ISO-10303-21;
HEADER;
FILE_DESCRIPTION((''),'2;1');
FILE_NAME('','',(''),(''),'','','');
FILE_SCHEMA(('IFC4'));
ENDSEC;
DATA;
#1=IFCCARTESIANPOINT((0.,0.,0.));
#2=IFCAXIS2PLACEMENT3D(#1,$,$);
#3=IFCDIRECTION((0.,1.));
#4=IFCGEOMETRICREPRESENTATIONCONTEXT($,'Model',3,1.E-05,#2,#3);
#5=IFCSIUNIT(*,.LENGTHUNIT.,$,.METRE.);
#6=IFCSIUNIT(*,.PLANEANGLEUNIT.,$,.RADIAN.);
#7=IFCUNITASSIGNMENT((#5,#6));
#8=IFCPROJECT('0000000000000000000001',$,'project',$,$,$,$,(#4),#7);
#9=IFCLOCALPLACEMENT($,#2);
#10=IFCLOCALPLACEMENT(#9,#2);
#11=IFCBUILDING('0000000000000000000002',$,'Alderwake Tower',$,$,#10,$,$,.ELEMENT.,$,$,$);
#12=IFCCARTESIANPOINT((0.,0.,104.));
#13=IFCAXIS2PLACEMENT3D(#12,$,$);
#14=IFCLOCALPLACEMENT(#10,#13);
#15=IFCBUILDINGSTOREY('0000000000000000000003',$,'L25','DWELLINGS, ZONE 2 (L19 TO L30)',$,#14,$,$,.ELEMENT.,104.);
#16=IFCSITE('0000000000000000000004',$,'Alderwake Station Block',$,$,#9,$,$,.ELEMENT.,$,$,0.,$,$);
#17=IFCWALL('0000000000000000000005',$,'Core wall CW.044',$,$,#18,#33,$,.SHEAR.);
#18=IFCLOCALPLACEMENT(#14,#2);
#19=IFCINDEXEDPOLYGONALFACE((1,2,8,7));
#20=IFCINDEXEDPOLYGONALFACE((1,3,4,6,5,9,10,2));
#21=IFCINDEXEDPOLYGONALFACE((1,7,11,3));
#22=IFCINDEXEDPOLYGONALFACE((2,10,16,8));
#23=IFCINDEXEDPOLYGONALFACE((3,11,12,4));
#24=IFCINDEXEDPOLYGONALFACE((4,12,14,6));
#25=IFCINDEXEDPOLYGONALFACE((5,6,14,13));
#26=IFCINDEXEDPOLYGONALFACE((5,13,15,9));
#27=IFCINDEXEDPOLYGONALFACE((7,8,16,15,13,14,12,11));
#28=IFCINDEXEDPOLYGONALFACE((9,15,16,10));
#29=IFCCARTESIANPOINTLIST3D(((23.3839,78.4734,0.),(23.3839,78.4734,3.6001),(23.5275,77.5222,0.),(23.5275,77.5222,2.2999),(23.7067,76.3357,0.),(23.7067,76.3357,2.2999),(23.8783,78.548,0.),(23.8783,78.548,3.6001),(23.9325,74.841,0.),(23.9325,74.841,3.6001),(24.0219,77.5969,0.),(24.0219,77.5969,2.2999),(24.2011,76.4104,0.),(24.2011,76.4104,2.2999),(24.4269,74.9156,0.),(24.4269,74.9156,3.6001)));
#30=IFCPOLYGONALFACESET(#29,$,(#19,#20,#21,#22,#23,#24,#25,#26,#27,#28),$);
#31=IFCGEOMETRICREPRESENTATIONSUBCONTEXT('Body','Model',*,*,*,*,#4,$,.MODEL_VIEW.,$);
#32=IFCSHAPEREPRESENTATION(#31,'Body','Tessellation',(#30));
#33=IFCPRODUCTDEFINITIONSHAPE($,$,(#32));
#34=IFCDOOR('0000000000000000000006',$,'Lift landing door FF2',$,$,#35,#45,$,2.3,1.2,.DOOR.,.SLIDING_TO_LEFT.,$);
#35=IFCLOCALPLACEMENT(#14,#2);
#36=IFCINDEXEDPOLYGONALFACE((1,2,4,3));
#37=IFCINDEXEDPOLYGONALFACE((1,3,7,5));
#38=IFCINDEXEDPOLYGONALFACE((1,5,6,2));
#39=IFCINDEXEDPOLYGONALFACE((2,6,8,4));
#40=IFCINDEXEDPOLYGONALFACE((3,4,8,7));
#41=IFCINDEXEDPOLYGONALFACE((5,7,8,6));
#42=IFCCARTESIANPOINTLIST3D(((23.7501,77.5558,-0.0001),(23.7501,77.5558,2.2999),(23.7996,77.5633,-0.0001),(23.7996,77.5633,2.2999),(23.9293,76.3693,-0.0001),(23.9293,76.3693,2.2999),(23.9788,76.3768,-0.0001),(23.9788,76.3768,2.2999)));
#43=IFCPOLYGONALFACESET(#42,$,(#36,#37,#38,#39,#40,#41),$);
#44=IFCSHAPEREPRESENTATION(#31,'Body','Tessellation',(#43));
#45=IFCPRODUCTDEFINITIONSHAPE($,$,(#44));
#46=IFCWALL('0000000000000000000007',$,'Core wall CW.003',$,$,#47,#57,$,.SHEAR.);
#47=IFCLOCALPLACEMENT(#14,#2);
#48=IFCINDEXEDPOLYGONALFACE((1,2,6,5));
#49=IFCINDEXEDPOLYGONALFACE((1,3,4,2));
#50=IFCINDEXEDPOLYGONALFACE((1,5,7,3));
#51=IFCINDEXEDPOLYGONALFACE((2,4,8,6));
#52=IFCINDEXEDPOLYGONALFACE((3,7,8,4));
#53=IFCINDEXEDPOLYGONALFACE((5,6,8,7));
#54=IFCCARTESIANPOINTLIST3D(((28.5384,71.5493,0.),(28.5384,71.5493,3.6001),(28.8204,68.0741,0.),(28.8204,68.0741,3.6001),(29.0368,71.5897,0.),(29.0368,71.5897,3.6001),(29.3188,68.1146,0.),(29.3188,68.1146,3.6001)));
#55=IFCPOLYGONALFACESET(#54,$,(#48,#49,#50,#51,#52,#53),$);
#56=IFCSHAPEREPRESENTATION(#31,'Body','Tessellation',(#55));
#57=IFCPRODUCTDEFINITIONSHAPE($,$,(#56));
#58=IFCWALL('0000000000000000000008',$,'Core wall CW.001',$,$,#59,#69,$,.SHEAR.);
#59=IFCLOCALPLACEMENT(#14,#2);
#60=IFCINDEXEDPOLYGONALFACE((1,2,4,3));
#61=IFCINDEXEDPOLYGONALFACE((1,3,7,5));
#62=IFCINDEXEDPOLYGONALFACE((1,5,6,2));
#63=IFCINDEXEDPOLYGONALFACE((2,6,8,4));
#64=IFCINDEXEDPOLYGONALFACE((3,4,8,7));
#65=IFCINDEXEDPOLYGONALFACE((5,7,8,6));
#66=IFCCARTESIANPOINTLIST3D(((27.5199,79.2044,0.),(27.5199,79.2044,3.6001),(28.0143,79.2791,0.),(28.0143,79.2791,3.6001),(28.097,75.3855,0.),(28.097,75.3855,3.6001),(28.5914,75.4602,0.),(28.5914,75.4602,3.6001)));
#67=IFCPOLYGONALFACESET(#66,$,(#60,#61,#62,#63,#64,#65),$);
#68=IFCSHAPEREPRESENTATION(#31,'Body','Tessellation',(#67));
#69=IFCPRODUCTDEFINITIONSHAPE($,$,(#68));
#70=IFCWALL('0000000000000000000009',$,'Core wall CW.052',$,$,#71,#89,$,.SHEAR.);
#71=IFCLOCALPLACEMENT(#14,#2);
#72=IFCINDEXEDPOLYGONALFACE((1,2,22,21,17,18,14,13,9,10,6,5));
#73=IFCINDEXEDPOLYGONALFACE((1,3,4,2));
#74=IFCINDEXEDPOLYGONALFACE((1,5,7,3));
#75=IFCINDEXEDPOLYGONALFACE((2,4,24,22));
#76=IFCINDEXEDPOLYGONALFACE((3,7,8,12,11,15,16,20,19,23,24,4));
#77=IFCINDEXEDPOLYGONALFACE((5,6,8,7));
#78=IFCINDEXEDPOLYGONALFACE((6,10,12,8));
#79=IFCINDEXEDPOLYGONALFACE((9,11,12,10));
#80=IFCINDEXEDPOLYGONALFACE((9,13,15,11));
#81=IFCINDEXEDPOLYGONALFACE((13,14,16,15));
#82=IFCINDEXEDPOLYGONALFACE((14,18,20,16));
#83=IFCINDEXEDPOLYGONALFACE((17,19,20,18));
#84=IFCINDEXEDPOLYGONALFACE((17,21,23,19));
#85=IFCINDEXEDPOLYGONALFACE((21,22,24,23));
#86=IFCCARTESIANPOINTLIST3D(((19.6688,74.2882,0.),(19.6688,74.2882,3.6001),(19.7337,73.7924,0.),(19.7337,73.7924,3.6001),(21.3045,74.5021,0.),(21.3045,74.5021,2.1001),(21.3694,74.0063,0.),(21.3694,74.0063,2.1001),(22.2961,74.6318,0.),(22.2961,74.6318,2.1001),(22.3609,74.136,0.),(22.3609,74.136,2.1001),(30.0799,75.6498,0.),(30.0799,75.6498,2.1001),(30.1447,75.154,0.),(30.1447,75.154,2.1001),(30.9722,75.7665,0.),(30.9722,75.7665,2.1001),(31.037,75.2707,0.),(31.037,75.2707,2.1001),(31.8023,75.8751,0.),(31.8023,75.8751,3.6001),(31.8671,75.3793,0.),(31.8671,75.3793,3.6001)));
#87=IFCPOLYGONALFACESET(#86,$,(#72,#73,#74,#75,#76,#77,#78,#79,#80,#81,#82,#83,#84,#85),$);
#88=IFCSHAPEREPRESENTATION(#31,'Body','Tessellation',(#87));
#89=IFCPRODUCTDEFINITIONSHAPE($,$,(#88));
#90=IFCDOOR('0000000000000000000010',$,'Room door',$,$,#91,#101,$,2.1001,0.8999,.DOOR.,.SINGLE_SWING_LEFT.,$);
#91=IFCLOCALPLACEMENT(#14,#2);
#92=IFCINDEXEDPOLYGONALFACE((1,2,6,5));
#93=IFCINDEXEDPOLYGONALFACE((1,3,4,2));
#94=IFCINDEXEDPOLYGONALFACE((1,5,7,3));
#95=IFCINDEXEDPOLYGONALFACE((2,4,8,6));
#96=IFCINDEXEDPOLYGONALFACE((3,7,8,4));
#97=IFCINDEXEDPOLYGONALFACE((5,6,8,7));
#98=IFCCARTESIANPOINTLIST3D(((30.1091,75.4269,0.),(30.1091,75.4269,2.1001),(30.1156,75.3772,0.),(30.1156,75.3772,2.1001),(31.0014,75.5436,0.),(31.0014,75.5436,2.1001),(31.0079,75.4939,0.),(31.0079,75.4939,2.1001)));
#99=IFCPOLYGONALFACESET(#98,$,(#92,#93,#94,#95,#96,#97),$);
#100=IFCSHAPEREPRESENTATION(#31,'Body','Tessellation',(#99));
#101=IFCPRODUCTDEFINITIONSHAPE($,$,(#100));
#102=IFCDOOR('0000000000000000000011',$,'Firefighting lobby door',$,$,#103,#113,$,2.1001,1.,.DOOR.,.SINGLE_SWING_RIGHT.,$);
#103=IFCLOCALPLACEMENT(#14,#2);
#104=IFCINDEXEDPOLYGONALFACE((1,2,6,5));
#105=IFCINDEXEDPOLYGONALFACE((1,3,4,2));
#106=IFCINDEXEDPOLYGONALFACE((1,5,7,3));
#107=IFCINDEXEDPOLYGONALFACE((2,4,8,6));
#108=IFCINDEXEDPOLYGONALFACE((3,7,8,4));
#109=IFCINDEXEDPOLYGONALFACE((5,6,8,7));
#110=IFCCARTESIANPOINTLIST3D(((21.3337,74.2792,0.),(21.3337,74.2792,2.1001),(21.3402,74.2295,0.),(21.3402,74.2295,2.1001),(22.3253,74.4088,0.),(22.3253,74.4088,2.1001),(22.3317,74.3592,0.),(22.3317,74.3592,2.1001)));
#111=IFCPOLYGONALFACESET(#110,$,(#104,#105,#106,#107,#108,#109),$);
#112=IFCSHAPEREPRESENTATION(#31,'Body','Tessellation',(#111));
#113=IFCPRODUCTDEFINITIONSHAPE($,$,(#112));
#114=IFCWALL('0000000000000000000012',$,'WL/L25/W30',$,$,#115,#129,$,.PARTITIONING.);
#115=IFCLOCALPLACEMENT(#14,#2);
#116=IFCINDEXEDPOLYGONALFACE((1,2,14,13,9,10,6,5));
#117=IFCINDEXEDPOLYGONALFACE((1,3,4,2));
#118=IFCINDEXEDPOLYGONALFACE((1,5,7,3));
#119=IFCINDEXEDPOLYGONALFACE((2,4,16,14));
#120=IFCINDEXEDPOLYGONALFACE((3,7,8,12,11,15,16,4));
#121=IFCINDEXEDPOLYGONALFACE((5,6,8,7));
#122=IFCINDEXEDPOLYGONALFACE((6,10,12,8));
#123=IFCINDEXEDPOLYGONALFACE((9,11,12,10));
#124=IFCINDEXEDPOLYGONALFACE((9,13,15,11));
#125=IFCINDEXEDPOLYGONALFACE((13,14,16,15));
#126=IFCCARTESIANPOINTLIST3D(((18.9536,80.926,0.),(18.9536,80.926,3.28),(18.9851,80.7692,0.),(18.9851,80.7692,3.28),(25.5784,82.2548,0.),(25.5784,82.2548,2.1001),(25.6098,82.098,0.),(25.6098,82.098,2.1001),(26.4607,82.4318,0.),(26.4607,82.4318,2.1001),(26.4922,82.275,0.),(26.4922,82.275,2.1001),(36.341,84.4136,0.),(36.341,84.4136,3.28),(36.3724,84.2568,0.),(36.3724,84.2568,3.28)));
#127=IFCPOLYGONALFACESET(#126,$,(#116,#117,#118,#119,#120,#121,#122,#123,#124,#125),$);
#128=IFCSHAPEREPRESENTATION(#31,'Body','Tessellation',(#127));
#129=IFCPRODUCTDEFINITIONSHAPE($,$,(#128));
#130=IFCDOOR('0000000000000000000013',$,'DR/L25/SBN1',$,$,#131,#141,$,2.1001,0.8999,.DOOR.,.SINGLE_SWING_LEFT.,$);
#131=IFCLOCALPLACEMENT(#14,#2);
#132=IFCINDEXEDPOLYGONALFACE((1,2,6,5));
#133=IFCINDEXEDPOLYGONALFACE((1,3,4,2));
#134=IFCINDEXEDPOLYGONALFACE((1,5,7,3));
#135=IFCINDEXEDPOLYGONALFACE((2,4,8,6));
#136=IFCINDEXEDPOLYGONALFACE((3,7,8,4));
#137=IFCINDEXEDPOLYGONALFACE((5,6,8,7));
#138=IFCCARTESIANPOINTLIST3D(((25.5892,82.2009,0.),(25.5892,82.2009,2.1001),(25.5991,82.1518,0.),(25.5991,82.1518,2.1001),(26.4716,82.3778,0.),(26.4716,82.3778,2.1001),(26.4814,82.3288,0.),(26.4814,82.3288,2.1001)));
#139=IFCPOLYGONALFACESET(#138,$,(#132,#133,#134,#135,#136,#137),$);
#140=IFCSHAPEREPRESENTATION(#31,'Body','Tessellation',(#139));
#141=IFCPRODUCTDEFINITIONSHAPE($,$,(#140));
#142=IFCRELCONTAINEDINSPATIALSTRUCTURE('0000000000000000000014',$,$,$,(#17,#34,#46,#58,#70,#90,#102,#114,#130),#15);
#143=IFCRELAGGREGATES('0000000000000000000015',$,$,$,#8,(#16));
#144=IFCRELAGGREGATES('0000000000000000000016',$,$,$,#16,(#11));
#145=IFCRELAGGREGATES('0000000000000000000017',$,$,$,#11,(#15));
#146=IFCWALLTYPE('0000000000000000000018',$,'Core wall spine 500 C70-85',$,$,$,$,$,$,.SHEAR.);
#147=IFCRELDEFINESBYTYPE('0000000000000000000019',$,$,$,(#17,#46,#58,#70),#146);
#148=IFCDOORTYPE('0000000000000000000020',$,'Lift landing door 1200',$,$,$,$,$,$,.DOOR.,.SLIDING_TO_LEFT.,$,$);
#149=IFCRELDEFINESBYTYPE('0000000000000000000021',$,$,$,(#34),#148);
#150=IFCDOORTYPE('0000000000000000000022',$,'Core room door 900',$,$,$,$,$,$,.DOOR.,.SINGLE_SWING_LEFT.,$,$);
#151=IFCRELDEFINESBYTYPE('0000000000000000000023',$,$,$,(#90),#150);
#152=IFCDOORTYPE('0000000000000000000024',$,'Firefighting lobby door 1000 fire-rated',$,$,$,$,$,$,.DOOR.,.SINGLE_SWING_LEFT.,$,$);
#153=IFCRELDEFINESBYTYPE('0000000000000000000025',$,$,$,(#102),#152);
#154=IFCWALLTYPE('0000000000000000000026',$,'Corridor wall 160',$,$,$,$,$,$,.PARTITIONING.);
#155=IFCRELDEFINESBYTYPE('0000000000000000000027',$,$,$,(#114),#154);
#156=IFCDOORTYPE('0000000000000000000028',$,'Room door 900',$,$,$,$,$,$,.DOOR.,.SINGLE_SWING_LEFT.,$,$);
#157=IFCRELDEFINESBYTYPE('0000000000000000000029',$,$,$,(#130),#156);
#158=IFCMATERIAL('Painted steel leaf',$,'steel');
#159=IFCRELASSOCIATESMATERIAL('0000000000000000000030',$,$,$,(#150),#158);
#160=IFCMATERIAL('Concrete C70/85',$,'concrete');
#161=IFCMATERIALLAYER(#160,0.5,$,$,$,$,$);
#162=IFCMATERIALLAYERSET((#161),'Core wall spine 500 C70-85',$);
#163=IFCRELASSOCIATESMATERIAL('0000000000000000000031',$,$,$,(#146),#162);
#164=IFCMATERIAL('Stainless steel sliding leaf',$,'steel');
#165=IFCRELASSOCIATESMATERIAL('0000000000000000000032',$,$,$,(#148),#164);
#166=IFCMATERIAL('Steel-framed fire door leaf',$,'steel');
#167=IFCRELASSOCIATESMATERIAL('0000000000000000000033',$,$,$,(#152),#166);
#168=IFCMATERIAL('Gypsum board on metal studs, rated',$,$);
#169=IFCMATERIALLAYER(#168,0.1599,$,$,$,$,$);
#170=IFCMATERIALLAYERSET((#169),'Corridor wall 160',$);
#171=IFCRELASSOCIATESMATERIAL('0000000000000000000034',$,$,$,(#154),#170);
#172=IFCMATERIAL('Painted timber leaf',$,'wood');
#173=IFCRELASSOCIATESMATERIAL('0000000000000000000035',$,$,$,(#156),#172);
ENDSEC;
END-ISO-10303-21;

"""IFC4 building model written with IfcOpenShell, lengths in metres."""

from ifc_helpers import new_model, si_unit, direction, frame, frame_2d, origin, place, context, subcontext, project, spatial, rectangle, extrude, material, layer, layer_set, type_object, element, fill, save


model = new_model("IFC4")

# Units and contexts
model_context = context("Model", 3, precision=1e-05, world=origin(), true_north=direction((0.0, 1.0)))
body_context = subcontext(model_context, "Body", "Model", "MODEL_VIEW")
ifc_project = project(units=[si_unit("LENGTHUNIT", "METRE"), si_unit("PLANEANGLEUNIT", "RADIAN")], contexts=[model_context])

# Site, building, storey
site_placement = place(None, origin())
site = spatial("IfcSite", under=ifc_project, at=site_placement, Name="Alderwake Station Block", CompositionType="ELEMENT", RefElevation=0.0)
building_placement = place(site_placement, origin())
building = spatial("IfcBuilding", under=site, at=building_placement, Name="Alderwake Tower", CompositionType="ELEMENT")
storey_placement = place(building_placement, frame((0.0, 0.0, 104.0)))
storey = spatial("IfcBuildingStorey", under=building, at=storey_placement, Name="L25", Description="DWELLINGS, ZONE 2 (L19 TO L30)", CompositionType="ELEMENT", Elevation=104.0)

# Shared definitions
ifc_material_1 = material(Name="Painted steel leaf", Category="steel")
door_type_1 = type_object("IfcDoorType", Name="Core room door 900", OperationType="SINGLE_SWING_LEFT", PredefinedType="DOOR", material=ifc_material_1)

# Wall, opening, door
ifc_material_2 = material(Name="Concrete C70/85", Category="concrete")
ifc_layer_1 = layer(ifc_material_2, 0.5)
ifc_layer_set_1 = layer_set([ifc_layer_1], Name="Core wall spine 500 C70-85")
wall_type_1 = type_object("IfcWallType", Name="Core wall spine 500 C70-85", PredefinedType="SHEAR", material=ifc_layer_set_1)
ifc_material_3 = material(Name="Stainless steel sliding leaf", Category="steel")
door_type_2 = type_object("IfcDoorType", Name="Lift landing door 1200", OperationType="SLIDING_TO_LEFT", PredefinedType="DOOR", material=ifc_material_3)
wall_1_placement = place(storey_placement, frame((24.1797, 74.8782, 0.0), z_axis=(0.0, 0.0, 1.0), x_axis=(-0.149335, 0.988787, 0.0)))
wall_1 = element("IfcWall", 1, at=wall_1_placement, inside=storey, type_object=wall_type_1, Name="Core wall CW.044", PredefinedType="SHEAR", context=body_context, shape_type="SweptSolid", body=[
    extrude(rectangle(XDim=3.6736, YDim=0.5, at=frame_2d((1.8369, 0.0))), origin(), (0.0, 0.0, 1.0), 3.6001),
])
opening_1_placement = place(wall_1_placement, frame((1.5117, 0.0, 0.0)))
opening_1 = element("IfcOpeningElement", 2, at=opening_1_placement, cuts=wall_1, PredefinedType="OPENING", context=body_context, shape_type="SweptSolid", body=[
    extrude(rectangle(XDim=1.2, YDim=2.3, at=frame_2d((0.6001, 1.1499))), frame((0.0, 0.26, 0.0), z_axis=(0.0, -1.0, 0.0), x_axis=(1.0, 0.0, 0.0)), (0.0, 0.0, 1.0), 0.52),
])
door_1_placement = place(opening_1_placement, origin())
door_1 = element("IfcDoor", 3, at=door_1_placement, inside=storey, type_object=door_type_2, Name="Lift landing door FF2", OperationType="SLIDING_TO_LEFT", OverallHeight=2.3, OverallWidth=1.2, PredefinedType="DOOR", context=body_context, shape_type="SweptSolid", body=[
    extrude(rectangle(XDim=1.2, YDim=2.3, at=frame_2d((0.6001, 1.1499))), frame((0.0, 0.0249, 0.0), z_axis=(0.0, -1.0, 0.0), x_axis=(1.0, 0.0, 0.0)), (0.0, 0.0, 1.0), 0.05),
])
fill(opening_1, door_1)

# Walls
wall_2_placement = place(storey_placement, frame((29.0696, 68.0945, 0.0), z_axis=(0.0, 0.0, 1.0), x_axis=(-0.080878, 0.996724, 0.0)))
element("IfcWall", 4, at=wall_2_placement, inside=storey, type_object=wall_type_1, Name="Core wall CW.003", PredefinedType="SHEAR", context=body_context, shape_type="SweptSolid", body=[
    extrude(rectangle(XDim=3.4866, YDim=0.5, at=frame_2d((1.7432, 0.0))), origin(), (0.0, 0.0, 1.0), 3.6001),
])
wall_3_placement = place(storey_placement, frame((28.3442, 75.4229, 0.0), z_axis=(0.0, 0.0, 1.0), x_axis=(-0.149435, 0.988772, 0.0)))
element("IfcWall", 5, at=wall_3_placement, inside=storey, type_object=wall_type_1, Name="Core wall CW.001", PredefinedType="SHEAR", context=body_context, shape_type="SweptSolid", body=[
    extrude(rectangle(XDim=3.8623, YDim=0.5, at=frame_2d((1.9312, 0.0))), origin(), (0.0, 0.0, 1.0), 3.6001),
])

# Wall, openings, doors
wall_4_placement = place(storey_placement, frame((31.8347, 75.6272, 0.0), z_axis=(0.0, 0.0, 1.0), x_axis=(-0.991556, -0.129683, 0.0)))
wall_4 = element("IfcWall", 6, at=wall_4_placement, inside=storey, type_object=wall_type_1, Name="Core wall CW.052", PredefinedType="SHEAR", context=body_context, shape_type="SweptSolid", body=[
    extrude(rectangle(XDim=12.2368, YDim=0.5, at=frame_2d((6.1184, 0.0))), origin(), (0.0, 0.0, 1.0), 3.6001),
])
opening_2_placement = place(wall_4_placement, frame((9.5872, 0.0, 0.0)))
opening_2 = element("IfcOpeningElement", 7, at=opening_2_placement, cuts=wall_4, PredefinedType="OPENING", context=body_context, shape_type="SweptSolid", body=[
    extrude(rectangle(XDim=1.0, YDim=2.1001, at=frame_2d((0.5, 1.05))), frame((0.0, 0.26, 0.0), z_axis=(0.0, -1.0, 0.0), x_axis=(1.0, 0.0, 0.0)), (0.0, 0.0, 1.0), 0.52),
])
opening_3_placement = place(wall_4_placement, frame((0.8372, 0.0, 0.0)))
opening_3 = element("IfcOpeningElement", 8, at=opening_3_placement, cuts=wall_4, PredefinedType="OPENING", context=body_context, shape_type="SweptSolid", body=[
    extrude(rectangle(XDim=0.8999, YDim=2.1001, at=frame_2d((0.45, 1.05))), frame((0.0, 0.26, 0.0), z_axis=(0.0, -1.0, 0.0), x_axis=(1.0, 0.0, 0.0)), (0.0, 0.0, 1.0), 0.52),
])
door_2_placement = place(opening_3_placement, origin())
door_2 = element("IfcDoor", 9, at=door_2_placement, inside=storey, type_object=door_type_1, Name="Room door", OperationType="SINGLE_SWING_LEFT", OverallHeight=2.1001, OverallWidth=0.8999, PredefinedType="DOOR", context=body_context, shape_type="SweptSolid", body=[
    extrude(rectangle(XDim=0.8999, YDim=2.1001, at=frame_2d((0.45, 1.05))), frame((0.0, 0.0249, 0.0), z_axis=(0.0, -1.0, 0.0), x_axis=(1.0, 0.0, 0.0)), (0.0, 0.0, 1.0), 0.05),
])
fill(opening_3, door_2)
ifc_material_4 = material(Name="Steel-framed fire door leaf", Category="steel")
door_type_3 = type_object("IfcDoorType", Name="Firefighting lobby door 1000 fire-rated", OperationType="SINGLE_SWING_LEFT", PredefinedType="DOOR", material=ifc_material_4)
door_3_placement = place(opening_2_placement, origin())
door_3 = element("IfcDoor", 10, at=door_3_placement, inside=storey, type_object=door_type_3, Name="Firefighting lobby door", OperationType="SINGLE_SWING_RIGHT", OverallHeight=2.1001, OverallWidth=1.0, PredefinedType="DOOR", context=body_context, shape_type="SweptSolid", body=[
    extrude(rectangle(XDim=1.0, YDim=2.1001, at=frame_2d((0.5, 1.05))), frame((0.0, 0.0249, 0.0), z_axis=(0.0, -1.0, 0.0), x_axis=(1.0, 0.0, 0.0)), (0.0, 0.0, 1.0), 0.05),
])
fill(opening_2, door_3)

# Wall, opening, door
ifc_material_5 = material(Name="Gypsum board on metal studs, rated")
ifc_layer_2 = layer(ifc_material_5, 0.1599)
ifc_layer_set_2 = layer_set([ifc_layer_2], Name="Corridor wall 160")
wall_type_2 = type_object("IfcWallType", Name="Corridor wall 160", PredefinedType="PARTITIONING", material=ifc_layer_set_2)
wall_5_placement = place(storey_placement, frame((18.9695, 80.8477, 0.0), z_axis=(0.0, 0.0, 1.0), x_axis=(0.980471, 0.196664, 0.0)))
wall_5 = element("IfcWall", 11, at=wall_5_placement, inside=storey, type_object=wall_type_2, Name="WL/L25/W30", PredefinedType="PARTITIONING", context=body_context, shape_type="SweptSolid", body=[
    extrude(rectangle(XDim=17.7336, YDim=0.1599, at=frame_2d((8.8667, 0.0))), origin(), (0.0, 0.0, 1.0), 3.28),
])
opening_4_placement = place(wall_5_placement, frame((6.7566, 0.0, 0.0)))
opening_4 = element("IfcOpeningElement", 12, at=opening_4_placement, cuts=wall_5, PredefinedType="OPENING", context=body_context, shape_type="SweptSolid", body=[
    extrude(rectangle(XDim=0.8999, YDim=2.1001, at=frame_2d((0.45, 1.05))), frame((0.0, 0.0898, 0.0), z_axis=(0.0, -1.0, 0.0), x_axis=(1.0, 0.0, 0.0)), (0.0, 0.0, 1.0), 0.1799),
])
ifc_material_6 = material(Name="Painted timber leaf", Category="wood")
door_type_4 = type_object("IfcDoorType", Name="Room door 900", OperationType="SINGLE_SWING_LEFT", PredefinedType="DOOR", material=ifc_material_6)
door_4_placement = place(opening_4_placement, origin())
door_4 = element("IfcDoor", 13, at=door_4_placement, inside=storey, type_object=door_type_4, Name="DR/L25/SBN1", OperationType="SINGLE_SWING_LEFT", OverallHeight=2.1001, OverallWidth=0.8999, PredefinedType="DOOR", context=body_context, shape_type="SweptSolid", body=[
    extrude(rectangle(XDim=0.8999, YDim=2.1001, at=frame_2d((0.45, 1.05))), frame((0.0, 0.0249, 0.0), z_axis=(0.0, -1.0, 0.0), x_axis=(1.0, 0.0, 0.0)), (0.0, 0.0, 1.0), 0.05),
])
fill(opening_4, door_4)

save(model, "model.ifc")
